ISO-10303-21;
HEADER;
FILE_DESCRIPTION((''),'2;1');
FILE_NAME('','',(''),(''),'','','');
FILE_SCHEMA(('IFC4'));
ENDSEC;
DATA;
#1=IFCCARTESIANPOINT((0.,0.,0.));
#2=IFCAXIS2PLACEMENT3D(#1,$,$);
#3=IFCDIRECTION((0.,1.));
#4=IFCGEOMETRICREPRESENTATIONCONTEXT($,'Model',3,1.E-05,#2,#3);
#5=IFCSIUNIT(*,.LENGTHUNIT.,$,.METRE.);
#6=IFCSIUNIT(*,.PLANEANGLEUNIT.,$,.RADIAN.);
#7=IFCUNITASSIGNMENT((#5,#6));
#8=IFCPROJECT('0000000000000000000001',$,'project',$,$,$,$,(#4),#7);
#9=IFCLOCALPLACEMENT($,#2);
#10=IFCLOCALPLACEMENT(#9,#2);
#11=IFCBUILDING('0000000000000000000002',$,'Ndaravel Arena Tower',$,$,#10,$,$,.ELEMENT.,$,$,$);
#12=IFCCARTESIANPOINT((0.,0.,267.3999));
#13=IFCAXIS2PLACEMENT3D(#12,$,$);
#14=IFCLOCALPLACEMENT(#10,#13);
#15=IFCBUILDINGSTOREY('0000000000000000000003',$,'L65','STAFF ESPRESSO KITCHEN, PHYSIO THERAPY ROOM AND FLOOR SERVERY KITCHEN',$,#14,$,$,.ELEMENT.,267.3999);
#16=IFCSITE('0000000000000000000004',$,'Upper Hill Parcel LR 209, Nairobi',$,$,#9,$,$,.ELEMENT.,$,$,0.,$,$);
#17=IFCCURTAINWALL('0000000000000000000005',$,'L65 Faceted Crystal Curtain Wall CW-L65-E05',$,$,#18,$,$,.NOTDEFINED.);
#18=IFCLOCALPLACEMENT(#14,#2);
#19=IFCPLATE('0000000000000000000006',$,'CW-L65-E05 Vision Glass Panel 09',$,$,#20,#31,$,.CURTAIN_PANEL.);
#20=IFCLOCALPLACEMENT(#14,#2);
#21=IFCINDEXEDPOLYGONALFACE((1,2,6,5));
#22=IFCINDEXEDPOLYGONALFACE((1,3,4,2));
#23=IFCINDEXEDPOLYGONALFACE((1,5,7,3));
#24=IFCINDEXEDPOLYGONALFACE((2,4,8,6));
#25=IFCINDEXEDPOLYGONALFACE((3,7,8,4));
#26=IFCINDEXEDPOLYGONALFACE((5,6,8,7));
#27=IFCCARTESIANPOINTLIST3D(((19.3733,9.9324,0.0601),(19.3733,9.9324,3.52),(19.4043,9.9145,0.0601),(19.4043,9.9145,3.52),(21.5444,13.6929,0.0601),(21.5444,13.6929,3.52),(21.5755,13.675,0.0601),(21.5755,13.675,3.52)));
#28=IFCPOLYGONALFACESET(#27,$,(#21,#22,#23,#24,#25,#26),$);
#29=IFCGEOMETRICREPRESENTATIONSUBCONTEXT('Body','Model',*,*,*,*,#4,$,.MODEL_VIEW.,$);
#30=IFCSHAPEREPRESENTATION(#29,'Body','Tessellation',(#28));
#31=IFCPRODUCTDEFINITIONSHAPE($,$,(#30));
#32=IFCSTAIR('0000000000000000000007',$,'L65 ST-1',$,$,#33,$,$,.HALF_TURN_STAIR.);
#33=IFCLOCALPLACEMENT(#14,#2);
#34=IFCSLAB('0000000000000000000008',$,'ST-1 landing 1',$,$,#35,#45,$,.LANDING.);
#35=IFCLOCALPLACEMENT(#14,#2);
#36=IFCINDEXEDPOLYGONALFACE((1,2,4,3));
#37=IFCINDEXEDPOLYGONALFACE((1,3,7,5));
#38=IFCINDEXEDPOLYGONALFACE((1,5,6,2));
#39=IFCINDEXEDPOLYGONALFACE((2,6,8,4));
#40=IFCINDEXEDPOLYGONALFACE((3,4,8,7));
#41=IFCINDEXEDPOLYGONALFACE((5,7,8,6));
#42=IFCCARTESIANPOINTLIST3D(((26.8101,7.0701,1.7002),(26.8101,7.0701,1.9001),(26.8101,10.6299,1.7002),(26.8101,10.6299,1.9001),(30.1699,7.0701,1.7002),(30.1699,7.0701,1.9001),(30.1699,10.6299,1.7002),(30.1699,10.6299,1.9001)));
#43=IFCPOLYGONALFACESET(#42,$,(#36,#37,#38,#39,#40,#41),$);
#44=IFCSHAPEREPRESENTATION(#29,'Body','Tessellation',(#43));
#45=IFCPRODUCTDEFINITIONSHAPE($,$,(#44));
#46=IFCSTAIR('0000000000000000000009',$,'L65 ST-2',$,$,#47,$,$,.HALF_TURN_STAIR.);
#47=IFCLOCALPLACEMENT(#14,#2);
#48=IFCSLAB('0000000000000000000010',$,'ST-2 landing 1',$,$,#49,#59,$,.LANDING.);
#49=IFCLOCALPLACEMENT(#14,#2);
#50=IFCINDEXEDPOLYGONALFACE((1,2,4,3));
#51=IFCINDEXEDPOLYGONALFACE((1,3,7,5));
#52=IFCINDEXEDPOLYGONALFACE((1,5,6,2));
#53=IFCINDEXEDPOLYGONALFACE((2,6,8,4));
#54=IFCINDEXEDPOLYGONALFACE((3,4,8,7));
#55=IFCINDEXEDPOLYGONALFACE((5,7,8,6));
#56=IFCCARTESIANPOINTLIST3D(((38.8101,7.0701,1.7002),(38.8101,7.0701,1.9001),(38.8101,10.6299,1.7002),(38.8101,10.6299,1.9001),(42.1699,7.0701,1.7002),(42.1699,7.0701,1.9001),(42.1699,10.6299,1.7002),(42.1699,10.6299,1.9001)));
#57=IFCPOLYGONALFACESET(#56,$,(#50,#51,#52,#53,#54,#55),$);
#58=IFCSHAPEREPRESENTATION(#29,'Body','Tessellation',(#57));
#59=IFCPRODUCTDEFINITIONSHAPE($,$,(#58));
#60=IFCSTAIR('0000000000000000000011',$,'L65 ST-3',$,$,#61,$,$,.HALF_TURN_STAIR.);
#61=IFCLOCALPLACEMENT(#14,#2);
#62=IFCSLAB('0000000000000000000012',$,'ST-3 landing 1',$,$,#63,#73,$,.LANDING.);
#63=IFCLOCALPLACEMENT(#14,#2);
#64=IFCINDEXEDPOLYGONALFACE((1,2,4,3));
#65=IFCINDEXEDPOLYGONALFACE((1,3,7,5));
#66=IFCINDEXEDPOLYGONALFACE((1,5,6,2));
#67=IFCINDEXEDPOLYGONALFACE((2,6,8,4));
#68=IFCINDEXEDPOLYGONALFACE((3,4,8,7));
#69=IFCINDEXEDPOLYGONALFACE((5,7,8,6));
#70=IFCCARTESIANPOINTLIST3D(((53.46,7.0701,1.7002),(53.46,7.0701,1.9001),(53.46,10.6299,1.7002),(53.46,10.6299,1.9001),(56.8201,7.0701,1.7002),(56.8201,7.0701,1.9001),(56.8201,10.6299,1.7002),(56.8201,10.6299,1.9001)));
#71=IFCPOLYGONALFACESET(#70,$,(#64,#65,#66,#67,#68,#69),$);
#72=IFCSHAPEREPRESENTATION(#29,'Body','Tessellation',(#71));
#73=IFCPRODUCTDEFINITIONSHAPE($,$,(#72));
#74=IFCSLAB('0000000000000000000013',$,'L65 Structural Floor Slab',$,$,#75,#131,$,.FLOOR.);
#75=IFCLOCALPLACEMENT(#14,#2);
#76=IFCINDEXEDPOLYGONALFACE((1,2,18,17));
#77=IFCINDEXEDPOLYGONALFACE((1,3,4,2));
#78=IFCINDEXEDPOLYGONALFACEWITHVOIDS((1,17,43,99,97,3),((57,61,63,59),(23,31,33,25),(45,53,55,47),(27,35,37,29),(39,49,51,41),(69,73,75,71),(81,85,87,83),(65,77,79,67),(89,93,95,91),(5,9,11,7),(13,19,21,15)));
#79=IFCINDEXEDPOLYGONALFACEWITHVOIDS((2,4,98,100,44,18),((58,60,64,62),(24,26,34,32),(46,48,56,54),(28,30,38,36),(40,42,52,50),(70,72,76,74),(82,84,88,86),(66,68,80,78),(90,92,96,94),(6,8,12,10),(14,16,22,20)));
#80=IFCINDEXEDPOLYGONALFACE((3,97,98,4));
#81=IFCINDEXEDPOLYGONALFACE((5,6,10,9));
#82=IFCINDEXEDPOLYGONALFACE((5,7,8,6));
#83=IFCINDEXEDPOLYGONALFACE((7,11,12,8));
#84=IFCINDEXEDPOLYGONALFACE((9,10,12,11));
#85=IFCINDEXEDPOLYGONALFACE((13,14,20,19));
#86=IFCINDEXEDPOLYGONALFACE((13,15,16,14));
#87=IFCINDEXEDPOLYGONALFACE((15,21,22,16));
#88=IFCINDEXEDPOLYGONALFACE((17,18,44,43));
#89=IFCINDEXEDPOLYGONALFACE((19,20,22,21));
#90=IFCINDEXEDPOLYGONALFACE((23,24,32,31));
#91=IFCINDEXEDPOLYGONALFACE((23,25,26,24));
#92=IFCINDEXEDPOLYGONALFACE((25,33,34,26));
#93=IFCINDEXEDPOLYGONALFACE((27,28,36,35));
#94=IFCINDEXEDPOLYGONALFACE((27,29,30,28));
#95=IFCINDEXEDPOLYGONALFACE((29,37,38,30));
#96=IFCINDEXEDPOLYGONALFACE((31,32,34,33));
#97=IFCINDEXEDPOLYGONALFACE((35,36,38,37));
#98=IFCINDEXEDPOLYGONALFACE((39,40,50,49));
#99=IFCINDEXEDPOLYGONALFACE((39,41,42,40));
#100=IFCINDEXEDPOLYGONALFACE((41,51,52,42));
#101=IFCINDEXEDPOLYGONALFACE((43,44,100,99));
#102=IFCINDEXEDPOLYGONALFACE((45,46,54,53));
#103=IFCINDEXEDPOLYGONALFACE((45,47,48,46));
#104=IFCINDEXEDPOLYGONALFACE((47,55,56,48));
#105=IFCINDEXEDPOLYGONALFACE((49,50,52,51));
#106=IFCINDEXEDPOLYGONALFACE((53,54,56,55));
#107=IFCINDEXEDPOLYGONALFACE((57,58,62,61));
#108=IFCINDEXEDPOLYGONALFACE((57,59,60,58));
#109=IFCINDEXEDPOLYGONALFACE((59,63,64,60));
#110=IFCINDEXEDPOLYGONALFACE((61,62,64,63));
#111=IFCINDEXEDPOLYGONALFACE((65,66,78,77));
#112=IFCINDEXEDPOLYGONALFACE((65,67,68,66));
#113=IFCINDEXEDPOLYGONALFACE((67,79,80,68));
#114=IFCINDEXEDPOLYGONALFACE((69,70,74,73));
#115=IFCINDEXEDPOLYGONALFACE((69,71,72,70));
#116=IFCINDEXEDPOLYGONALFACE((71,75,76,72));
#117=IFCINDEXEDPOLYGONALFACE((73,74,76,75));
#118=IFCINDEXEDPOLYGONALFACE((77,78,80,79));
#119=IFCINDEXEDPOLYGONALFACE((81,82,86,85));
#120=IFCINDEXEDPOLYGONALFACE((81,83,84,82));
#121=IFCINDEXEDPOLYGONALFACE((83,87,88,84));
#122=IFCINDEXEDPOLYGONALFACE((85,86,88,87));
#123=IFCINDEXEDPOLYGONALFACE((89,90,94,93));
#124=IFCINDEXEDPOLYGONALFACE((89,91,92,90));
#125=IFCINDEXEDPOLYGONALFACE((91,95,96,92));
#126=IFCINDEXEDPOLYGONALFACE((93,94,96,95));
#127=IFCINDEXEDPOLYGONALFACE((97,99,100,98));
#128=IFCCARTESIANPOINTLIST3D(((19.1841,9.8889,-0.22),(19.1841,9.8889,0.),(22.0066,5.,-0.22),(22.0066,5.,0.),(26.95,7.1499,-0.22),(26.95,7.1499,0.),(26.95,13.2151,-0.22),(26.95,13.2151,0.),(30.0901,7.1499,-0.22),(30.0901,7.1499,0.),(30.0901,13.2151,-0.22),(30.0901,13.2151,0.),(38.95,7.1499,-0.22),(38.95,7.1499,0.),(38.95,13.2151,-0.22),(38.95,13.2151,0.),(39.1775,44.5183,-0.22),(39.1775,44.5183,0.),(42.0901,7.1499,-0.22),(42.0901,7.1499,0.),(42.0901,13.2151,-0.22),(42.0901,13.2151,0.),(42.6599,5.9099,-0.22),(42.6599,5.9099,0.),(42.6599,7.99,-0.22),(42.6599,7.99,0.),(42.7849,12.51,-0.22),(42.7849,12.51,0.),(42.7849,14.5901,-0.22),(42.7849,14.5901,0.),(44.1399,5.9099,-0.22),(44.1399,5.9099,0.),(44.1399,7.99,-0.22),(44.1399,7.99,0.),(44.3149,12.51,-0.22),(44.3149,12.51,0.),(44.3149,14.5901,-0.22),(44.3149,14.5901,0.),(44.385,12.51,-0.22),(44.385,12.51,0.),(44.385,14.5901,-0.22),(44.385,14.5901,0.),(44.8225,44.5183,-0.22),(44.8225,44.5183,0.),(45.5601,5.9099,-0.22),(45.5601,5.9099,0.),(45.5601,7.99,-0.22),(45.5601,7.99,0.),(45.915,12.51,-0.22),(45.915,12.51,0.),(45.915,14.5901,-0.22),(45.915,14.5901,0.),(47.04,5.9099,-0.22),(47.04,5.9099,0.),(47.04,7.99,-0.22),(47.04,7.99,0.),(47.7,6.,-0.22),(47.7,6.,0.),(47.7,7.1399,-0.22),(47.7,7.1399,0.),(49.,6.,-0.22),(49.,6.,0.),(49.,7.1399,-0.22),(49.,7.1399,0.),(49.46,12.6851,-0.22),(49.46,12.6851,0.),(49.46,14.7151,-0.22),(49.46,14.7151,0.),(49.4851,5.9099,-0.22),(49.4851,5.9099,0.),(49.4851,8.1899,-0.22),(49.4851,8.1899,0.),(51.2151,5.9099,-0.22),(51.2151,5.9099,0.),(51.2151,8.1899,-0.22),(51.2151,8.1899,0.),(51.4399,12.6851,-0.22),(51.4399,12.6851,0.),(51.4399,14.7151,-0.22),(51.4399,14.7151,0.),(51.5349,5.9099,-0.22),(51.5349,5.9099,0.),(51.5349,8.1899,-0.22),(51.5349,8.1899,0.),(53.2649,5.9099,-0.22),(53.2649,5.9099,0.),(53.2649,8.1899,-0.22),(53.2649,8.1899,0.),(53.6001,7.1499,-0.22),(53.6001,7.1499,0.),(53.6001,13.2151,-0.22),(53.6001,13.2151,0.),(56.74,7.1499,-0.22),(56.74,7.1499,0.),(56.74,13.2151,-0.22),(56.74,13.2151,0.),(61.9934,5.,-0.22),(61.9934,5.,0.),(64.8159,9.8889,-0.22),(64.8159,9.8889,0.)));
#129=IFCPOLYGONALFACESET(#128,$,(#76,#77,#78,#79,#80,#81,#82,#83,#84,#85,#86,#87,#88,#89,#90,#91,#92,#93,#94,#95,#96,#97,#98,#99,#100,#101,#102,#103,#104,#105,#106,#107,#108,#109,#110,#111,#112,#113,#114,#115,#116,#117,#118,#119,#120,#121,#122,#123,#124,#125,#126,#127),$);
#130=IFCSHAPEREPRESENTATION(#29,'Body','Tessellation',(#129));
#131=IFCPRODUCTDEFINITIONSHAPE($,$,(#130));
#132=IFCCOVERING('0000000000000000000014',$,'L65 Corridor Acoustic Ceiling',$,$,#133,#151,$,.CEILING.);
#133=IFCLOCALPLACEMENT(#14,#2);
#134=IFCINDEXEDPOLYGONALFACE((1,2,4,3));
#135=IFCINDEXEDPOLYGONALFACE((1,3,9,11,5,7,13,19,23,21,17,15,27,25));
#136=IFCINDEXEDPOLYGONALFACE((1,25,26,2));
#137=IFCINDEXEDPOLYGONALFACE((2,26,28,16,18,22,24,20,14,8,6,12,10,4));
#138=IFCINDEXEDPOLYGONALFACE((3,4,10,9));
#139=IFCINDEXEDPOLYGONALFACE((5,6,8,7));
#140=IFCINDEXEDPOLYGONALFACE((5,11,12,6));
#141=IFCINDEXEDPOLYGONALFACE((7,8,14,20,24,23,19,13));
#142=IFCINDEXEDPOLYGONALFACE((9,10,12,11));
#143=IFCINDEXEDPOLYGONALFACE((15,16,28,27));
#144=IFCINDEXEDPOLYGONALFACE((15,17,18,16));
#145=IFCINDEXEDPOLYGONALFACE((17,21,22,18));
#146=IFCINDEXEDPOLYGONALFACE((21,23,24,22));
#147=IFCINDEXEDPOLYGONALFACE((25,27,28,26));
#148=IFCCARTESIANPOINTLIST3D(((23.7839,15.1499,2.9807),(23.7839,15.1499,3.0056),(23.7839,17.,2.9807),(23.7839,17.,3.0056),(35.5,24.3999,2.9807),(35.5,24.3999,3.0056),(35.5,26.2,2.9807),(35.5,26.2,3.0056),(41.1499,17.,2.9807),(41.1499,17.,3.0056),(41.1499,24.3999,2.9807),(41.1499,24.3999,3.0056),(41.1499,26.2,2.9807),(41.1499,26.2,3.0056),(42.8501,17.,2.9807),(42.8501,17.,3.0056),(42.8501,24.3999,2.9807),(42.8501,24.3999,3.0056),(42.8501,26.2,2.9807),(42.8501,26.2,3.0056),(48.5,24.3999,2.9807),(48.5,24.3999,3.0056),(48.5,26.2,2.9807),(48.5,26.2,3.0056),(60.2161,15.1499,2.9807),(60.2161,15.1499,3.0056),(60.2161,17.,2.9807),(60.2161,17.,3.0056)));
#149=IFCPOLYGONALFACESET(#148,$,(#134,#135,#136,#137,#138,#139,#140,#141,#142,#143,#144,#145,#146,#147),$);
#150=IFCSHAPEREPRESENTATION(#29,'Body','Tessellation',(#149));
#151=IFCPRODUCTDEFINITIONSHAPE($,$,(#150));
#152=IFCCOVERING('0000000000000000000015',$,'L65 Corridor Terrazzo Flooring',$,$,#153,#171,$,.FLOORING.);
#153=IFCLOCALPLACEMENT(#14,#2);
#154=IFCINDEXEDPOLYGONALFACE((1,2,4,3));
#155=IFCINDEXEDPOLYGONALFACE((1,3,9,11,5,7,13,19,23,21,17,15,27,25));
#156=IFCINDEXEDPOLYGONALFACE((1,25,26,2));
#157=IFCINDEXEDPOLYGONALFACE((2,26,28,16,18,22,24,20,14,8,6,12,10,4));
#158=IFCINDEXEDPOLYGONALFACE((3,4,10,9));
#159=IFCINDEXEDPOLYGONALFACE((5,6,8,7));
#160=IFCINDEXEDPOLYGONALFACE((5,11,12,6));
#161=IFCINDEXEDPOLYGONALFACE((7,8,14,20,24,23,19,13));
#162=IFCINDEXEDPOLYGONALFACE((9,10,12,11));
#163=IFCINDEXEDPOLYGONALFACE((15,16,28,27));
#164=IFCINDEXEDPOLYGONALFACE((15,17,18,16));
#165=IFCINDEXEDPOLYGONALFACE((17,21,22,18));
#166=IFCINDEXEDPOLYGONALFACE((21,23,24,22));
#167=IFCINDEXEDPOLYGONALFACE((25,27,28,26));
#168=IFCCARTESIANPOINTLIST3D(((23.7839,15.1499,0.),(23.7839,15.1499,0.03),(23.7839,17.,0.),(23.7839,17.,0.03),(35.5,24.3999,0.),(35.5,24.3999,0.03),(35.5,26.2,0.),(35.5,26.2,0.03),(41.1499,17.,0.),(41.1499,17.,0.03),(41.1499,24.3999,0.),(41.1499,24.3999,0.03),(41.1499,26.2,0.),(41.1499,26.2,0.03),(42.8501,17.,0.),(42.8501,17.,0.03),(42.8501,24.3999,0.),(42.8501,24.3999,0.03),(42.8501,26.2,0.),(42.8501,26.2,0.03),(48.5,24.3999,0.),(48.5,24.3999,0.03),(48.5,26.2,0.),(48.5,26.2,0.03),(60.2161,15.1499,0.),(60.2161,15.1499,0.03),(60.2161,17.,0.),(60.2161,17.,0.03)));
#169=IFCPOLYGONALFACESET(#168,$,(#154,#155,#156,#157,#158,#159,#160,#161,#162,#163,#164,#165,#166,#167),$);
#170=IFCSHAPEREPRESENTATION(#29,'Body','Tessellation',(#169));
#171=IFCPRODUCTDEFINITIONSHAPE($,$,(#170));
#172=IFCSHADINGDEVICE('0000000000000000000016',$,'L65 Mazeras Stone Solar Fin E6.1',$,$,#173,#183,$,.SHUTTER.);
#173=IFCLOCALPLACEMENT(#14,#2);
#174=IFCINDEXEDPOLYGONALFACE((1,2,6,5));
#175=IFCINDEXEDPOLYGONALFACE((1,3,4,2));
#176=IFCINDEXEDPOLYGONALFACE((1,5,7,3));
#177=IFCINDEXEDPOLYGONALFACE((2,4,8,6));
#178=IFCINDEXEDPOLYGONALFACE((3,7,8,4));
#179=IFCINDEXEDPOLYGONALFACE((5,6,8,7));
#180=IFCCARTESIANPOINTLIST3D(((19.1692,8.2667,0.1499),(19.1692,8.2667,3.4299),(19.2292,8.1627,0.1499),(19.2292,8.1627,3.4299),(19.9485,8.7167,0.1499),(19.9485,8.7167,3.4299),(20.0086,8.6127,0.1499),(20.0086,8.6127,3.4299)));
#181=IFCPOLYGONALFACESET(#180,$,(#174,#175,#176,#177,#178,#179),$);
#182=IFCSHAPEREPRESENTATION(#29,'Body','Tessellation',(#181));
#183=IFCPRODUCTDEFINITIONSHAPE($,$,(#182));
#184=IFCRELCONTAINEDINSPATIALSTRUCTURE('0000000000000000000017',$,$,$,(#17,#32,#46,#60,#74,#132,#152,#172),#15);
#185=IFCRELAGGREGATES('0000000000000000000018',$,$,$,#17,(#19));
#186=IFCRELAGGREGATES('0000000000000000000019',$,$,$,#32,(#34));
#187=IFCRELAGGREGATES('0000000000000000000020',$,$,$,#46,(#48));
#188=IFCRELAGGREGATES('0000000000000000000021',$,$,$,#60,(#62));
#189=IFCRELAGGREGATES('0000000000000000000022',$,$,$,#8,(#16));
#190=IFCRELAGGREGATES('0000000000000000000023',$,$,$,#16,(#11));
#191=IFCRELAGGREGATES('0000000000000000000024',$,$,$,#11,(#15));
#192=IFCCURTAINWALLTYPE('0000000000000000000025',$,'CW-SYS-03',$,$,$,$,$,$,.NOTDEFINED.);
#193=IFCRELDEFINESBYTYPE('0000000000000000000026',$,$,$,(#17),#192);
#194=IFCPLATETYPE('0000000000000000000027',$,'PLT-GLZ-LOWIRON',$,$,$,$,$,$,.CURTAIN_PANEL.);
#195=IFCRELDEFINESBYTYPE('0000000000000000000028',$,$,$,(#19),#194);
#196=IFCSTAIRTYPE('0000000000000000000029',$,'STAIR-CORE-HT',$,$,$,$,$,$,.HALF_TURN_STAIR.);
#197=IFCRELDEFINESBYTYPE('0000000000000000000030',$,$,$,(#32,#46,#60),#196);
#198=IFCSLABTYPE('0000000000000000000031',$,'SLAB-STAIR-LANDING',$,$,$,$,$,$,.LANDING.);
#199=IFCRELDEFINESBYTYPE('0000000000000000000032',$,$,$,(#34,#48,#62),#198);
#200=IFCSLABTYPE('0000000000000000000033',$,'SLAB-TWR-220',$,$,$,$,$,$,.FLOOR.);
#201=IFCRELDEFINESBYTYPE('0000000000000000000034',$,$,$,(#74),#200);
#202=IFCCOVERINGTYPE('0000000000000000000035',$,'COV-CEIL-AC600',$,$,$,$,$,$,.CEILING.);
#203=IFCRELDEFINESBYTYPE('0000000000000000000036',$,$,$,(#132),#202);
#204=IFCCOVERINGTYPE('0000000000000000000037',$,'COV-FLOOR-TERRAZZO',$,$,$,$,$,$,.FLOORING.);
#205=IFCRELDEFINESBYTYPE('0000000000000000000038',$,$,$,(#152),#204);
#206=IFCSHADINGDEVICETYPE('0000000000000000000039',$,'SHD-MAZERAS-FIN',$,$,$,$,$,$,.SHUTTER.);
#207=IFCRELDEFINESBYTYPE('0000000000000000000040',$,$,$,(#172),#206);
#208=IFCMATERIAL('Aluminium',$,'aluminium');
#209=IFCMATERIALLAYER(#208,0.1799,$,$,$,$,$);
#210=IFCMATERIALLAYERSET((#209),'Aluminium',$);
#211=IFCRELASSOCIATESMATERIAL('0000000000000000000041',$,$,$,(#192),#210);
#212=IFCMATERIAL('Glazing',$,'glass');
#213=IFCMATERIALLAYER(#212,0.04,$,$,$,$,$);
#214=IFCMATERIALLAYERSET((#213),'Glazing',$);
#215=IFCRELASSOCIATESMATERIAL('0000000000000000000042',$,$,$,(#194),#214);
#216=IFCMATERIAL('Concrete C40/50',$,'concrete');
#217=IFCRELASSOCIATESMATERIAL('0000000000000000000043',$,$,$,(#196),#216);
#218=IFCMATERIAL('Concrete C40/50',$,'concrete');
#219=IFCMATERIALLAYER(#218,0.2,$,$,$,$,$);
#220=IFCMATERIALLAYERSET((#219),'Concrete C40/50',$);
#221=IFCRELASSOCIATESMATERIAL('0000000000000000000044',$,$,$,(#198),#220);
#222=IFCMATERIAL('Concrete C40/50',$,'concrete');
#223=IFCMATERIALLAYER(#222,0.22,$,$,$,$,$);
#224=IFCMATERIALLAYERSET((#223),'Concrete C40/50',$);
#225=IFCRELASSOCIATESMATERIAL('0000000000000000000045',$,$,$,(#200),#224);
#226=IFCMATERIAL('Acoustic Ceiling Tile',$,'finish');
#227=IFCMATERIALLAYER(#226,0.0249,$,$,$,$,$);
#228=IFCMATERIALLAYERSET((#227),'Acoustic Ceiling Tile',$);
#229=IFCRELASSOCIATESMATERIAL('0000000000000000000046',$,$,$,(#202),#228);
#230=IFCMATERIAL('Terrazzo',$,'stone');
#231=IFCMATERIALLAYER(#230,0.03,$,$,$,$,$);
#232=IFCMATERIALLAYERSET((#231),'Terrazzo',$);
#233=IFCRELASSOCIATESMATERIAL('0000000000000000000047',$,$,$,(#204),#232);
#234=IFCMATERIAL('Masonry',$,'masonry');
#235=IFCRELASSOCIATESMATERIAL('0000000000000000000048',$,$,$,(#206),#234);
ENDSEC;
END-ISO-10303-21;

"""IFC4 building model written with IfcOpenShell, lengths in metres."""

from ifc_helpers import new_model, si_unit, direction, frame, origin, origin_2d, place, context, subcontext, project, spatial, polyline, rectangle, outline, extrude, material, layer, layer_set, type_object, element, aggregate, save


model = new_model("IFC4")

# Units and contexts
model_context = context("Model", 3, precision=1e-05, world=origin(), true_north=direction((0.0, 1.0)))
body_context = subcontext(model_context, "Body", "Model", "MODEL_VIEW")
ifc_project = project(units=[si_unit("LENGTHUNIT", "METRE"), si_unit("PLANEANGLEUNIT", "RADIAN")], contexts=[model_context])

# Site, building, storey
site_placement = place(None, origin())
site = spatial("IfcSite", under=ifc_project, at=site_placement, Name="Upper Hill Parcel LR 209, Nairobi", CompositionType="ELEMENT", RefElevation=0.0)
building_placement = place(site_placement, origin())
building = spatial("IfcBuilding", under=site, at=building_placement, Name="Ndaravel Arena Tower", CompositionType="ELEMENT")
storey_placement = place(building_placement, frame((0.0, 0.0, 267.3999)))
storey = spatial("IfcBuildingStorey", under=building, at=storey_placement, Name="L65", Description="STAFF ESPRESSO KITCHEN, PHYSIO THERAPY ROOM AND FLOOR SERVERY KITCHEN", CompositionType="ELEMENT", Elevation=267.3999)

# Shared definitions
ifc_material_1 = material(Name="Aluminium", Category="aluminium")
ifc_layer_1 = layer(ifc_material_1, 0.1799)
ifc_layer_set_1 = layer_set([ifc_layer_1], Name="Aluminium")
curtain_wall_type_1 = type_object("IfcCurtainWallType", Name="CW-SYS-03", PredefinedType="NOTDEFINED", material=ifc_layer_set_1)

# Shared definitions
ifc_material_2 = material(Name="Glazing", Category="glass")
ifc_layer_2 = layer(ifc_material_2, 0.04)
ifc_layer_set_2 = layer_set([ifc_layer_2], Name="Glazing")
plate_type_1 = type_object("IfcPlateType", Name="PLT-GLZ-LOWIRON", PredefinedType="CURTAIN_PANEL", material=ifc_layer_set_2)

# Curtain wall, plate
curtain_wall_1_placement = place(storey_placement, origin())
curtain_wall_1 = element("IfcCurtainWall", 1, at=curtain_wall_1_placement, inside=storey, type_object=curtain_wall_type_1, Name="L65 Faceted Crystal Curtain Wall CW-L65-E05", PredefinedType="NOTDEFINED")
plate_1_placement = place(storey_placement, frame((20.4744, 11.8037, 0.0601), z_axis=(0.0, 0.0, 1.0), x_axis=(-0.5, -0.866025, 0.0)))
plate_1 = element("IfcPlate", 2, at=plate_1_placement, type_object=plate_type_1, Name="CW-L65-E05 Vision Glass Panel 09", PredefinedType="CURTAIN_PANEL", context=body_context, shape_type="SweptSolid", body=[
    extrude(rectangle(XDim=4.3423, YDim=0.0359, at=origin_2d()), origin(), (0.0, 0.0, 1.0), 3.46),
])
aggregate(curtain_wall_1, [plate_1])

# Stairs, slabs
ifc_material_3 = material(Name="Concrete C40/50", Category="concrete")
stair_type = type_object("IfcStairType", Name="STAIR-CORE-HT", PredefinedType="HALF_TURN_STAIR", material=ifc_material_3)
stair_1_placement = place(storey_placement, origin())
stair_1 = element("IfcStair", 3, at=stair_1_placement, inside=storey, type_object=stair_type, Name="L65 ST-1", PredefinedType="HALF_TURN_STAIR")
ifc_material_4 = material(Name="Concrete C40/50", Category="concrete")
ifc_layer_3 = layer(ifc_material_4, 0.2)
ifc_layer_set_3 = layer_set([ifc_layer_3], Name="Concrete C40/50")
slab_type_1 = type_object("IfcSlabType", Name="SLAB-STAIR-LANDING", PredefinedType="LANDING", material=ifc_layer_set_3)
slab_1_placement = place(storey_placement, frame((0.0, 0.0, 1.7002)))
slab_1 = element("IfcSlab", 4, at=slab_1_placement, type_object=slab_type_1, Name="ST-1 landing 1", PredefinedType="LANDING", context=body_context, shape_type="SweptSolid", body=[
    extrude(outline(polyline([(26.8101, 10.6299), (26.8101, 7.0701), (30.1699, 7.0701), (30.1699, 10.6299), (26.8101, 10.6299)])), origin(), (0.0, 0.0, 1.0), 0.2),
])
aggregate(stair_1, [slab_1])
stair_2_placement = place(storey_placement, origin())
stair_2 = element("IfcStair", 5, at=stair_2_placement, inside=storey, type_object=stair_type, Name="L65 ST-2", PredefinedType="HALF_TURN_STAIR")
slab_2_placement = place(storey_placement, frame((0.0, 0.0, 1.7002)))
slab_2 = element("IfcSlab", 6, at=slab_2_placement, type_object=slab_type_1, Name="ST-2 landing 1", PredefinedType="LANDING", context=body_context, shape_type="SweptSolid", body=[
    extrude(outline(polyline([(38.8101, 10.6299), (38.8101, 7.0701), (42.1699, 7.0701), (42.1699, 10.6299), (38.8101, 10.6299)])), origin(), (0.0, 0.0, 1.0), 0.2),
])
aggregate(stair_2, [slab_2])
stair_3_placement = place(storey_placement, origin())
stair_3 = element("IfcStair", 7, at=stair_3_placement, inside=storey, type_object=stair_type, Name="L65 ST-3", PredefinedType="HALF_TURN_STAIR")
slab_3_placement = place(storey_placement, frame((0.0, 0.0, 1.7002)))
slab_3 = element("IfcSlab", 8, at=slab_3_placement, type_object=slab_type_1, Name="ST-3 landing 1", PredefinedType="LANDING", context=body_context, shape_type="SweptSolid", body=[
    extrude(outline(polyline([(53.46, 10.6299), (53.46, 7.0701), (56.8201, 7.0701), (56.8201, 10.6299), (53.46, 10.6299)])), origin(), (0.0, 0.0, 1.0), 0.2),
])
aggregate(stair_3, [slab_3])

# Slab
ifc_material_5 = material(Name="Concrete C40/50", Category="concrete")
ifc_layer_4 = layer(ifc_material_5, 0.22)
ifc_layer_set_4 = layer_set([ifc_layer_4], Name="Concrete C40/50")
slab_type_2 = type_object("IfcSlabType", Name="SLAB-TWR-220", PredefinedType="FLOOR", material=ifc_layer_set_4)
slab_4_placement = place(storey_placement, frame((0.0, 0.0, -0.22)))
element("IfcSlab", 9, at=slab_4_placement, inside=storey, type_object=slab_type_2, Name="L65 Structural Floor Slab", PredefinedType="FLOOR", context=body_context, shape_type="SweptSolid", body=[
    extrude(outline(polyline([(19.1841, 9.8889), (22.0066, 5.0), (61.9934, 5.0), (64.8159, 9.8889), (44.8225, 44.5183), (39.1775, 44.5183), (19.1841, 9.8889)]), holes=[polyline([(26.95, 13.2151), (26.95, 7.1499), (30.0901, 7.1499), (30.0901, 13.2151), (26.95, 13.2151)]), polyline([(38.95, 13.2151), (38.95, 7.1499), (42.0901, 7.1499), (42.0901, 13.2151), (38.95, 13.2151)]), polyline([(53.6001, 13.2151), (53.6001, 7.1499), (56.74, 7.1499), (56.74, 13.2151), (53.6001, 13.2151)]), polyline([(42.6599, 5.9099), (44.1399, 5.9099), (44.1399, 7.99), (42.6599, 7.99), (42.6599, 5.9099)]), polyline([(45.5601, 5.9099), (47.04, 5.9099), (47.04, 7.99), (45.5601, 7.99), (45.5601, 5.9099)]), polyline([(42.7849, 12.51), (44.3149, 12.51), (44.3149, 14.5901), (42.7849, 14.5901), (42.7849, 12.51)]), polyline([(44.385, 12.51), (45.915, 12.51), (45.915, 14.5901), (44.385, 14.5901), (44.385, 12.51)]), polyline([(49.4851, 5.9099), (51.2151, 5.9099), (51.2151, 8.1899), (49.4851, 8.1899), (49.4851, 5.9099)]), polyline([(51.5349, 5.9099), (53.2649, 5.9099), (53.2649, 8.1899), (51.5349, 8.1899), (51.5349, 5.9099)]), polyline([(49.46, 12.6851), (51.4399, 12.6851), (51.4399, 14.7151), (49.46, 14.7151), (49.46, 12.6851)]), polyline([(47.7, 6.0), (49.0, 6.0), (49.0, 7.1399), (47.7, 7.1399), (47.7, 6.0)])]), origin(), (0.0, 0.0, 1.0), 0.22),
])

# Coverings
ifc_material_6 = material(Name="Acoustic Ceiling Tile", Category="finish")
ifc_layer_5 = layer(ifc_material_6, 0.0249)
ifc_layer_set_5 = layer_set([ifc_layer_5], Name="Acoustic Ceiling Tile")
covering_type_1 = type_object("IfcCoveringType", Name="COV-CEIL-AC600", PredefinedType="CEILING", material=ifc_layer_set_5)
covering_1_placement = place(storey_placement, frame((0.0, 0.0, 2.9807)))
element("IfcCovering", 10, at=covering_1_placement, inside=storey, type_object=covering_type_1, Name="L65 Corridor Acoustic Ceiling", PredefinedType="CEILING", context=body_context, shape_type="SweptSolid", body=[
    extrude(outline(polyline([(60.2161, 17.0), (42.8501, 17.0), (42.8501, 24.3999), (48.5, 24.3999), (48.5, 26.2), (42.8501, 26.2), (41.1499, 26.2), (35.5, 26.2), (35.5, 24.3999), (41.1499, 24.3999), (41.1499, 17.0), (23.7839, 17.0), (23.7839, 15.1499), (60.2161, 15.1499), (60.2161, 17.0)])), origin(), (0.0, 0.0, 1.0), 0.0249),
])
ifc_material_7 = material(Name="Terrazzo", Category="stone")
ifc_layer_6 = layer(ifc_material_7, 0.03)
ifc_layer_set_6 = layer_set([ifc_layer_6], Name="Terrazzo")
covering_type_2 = type_object("IfcCoveringType", Name="COV-FLOOR-TERRAZZO", PredefinedType="FLOORING", material=ifc_layer_set_6)
covering_2_placement = place(storey_placement, origin())
element("IfcCovering", 11, at=covering_2_placement, inside=storey, type_object=covering_type_2, Name="L65 Corridor Terrazzo Flooring", PredefinedType="FLOORING", context=body_context, shape_type="SweptSolid", body=[
    extrude(outline(polyline([(60.2161, 17.0), (42.8501, 17.0), (42.8501, 24.3999), (48.5, 24.3999), (48.5, 26.2), (42.8501, 26.2), (41.1499, 26.2), (35.5, 26.2), (35.5, 24.3999), (41.1499, 24.3999), (41.1499, 17.0), (23.7839, 17.0), (23.7839, 15.1499), (60.2161, 15.1499), (60.2161, 17.0)])), origin(), (0.0, 0.0, 1.0), 0.03),
])

# Shading device
ifc_material_8 = material(Name="Masonry", Category="masonry")
shading_device_type = type_object("IfcShadingDeviceType", Name="SHD-MAZERAS-FIN", PredefinedType="SHUTTER", material=ifc_material_8)
for number, where, z_axis, x_axis, name in (
    (12, (19.5889, 8.4397, 0.1499), (0.0, 0.0, 1.0), (-0.866025, -0.5, 0.0), "L65 Mazeras Stone Solar Fin E6.1"),
):
    element("IfcShadingDevice", number, at=place(storey_placement, frame(where, z_axis=z_axis, x_axis=x_axis)), inside=storey, type_object=shading_device_type, Name=name, PredefinedType="SHUTTER", context=body_context, shape_type="SweptSolid", body=[
        extrude(rectangle(XDim=0.8999, YDim=0.1201, at=origin_2d()), origin(), (0.0, 0.0, 1.0), 3.28),
    ])

save(model, "model.ifc")
